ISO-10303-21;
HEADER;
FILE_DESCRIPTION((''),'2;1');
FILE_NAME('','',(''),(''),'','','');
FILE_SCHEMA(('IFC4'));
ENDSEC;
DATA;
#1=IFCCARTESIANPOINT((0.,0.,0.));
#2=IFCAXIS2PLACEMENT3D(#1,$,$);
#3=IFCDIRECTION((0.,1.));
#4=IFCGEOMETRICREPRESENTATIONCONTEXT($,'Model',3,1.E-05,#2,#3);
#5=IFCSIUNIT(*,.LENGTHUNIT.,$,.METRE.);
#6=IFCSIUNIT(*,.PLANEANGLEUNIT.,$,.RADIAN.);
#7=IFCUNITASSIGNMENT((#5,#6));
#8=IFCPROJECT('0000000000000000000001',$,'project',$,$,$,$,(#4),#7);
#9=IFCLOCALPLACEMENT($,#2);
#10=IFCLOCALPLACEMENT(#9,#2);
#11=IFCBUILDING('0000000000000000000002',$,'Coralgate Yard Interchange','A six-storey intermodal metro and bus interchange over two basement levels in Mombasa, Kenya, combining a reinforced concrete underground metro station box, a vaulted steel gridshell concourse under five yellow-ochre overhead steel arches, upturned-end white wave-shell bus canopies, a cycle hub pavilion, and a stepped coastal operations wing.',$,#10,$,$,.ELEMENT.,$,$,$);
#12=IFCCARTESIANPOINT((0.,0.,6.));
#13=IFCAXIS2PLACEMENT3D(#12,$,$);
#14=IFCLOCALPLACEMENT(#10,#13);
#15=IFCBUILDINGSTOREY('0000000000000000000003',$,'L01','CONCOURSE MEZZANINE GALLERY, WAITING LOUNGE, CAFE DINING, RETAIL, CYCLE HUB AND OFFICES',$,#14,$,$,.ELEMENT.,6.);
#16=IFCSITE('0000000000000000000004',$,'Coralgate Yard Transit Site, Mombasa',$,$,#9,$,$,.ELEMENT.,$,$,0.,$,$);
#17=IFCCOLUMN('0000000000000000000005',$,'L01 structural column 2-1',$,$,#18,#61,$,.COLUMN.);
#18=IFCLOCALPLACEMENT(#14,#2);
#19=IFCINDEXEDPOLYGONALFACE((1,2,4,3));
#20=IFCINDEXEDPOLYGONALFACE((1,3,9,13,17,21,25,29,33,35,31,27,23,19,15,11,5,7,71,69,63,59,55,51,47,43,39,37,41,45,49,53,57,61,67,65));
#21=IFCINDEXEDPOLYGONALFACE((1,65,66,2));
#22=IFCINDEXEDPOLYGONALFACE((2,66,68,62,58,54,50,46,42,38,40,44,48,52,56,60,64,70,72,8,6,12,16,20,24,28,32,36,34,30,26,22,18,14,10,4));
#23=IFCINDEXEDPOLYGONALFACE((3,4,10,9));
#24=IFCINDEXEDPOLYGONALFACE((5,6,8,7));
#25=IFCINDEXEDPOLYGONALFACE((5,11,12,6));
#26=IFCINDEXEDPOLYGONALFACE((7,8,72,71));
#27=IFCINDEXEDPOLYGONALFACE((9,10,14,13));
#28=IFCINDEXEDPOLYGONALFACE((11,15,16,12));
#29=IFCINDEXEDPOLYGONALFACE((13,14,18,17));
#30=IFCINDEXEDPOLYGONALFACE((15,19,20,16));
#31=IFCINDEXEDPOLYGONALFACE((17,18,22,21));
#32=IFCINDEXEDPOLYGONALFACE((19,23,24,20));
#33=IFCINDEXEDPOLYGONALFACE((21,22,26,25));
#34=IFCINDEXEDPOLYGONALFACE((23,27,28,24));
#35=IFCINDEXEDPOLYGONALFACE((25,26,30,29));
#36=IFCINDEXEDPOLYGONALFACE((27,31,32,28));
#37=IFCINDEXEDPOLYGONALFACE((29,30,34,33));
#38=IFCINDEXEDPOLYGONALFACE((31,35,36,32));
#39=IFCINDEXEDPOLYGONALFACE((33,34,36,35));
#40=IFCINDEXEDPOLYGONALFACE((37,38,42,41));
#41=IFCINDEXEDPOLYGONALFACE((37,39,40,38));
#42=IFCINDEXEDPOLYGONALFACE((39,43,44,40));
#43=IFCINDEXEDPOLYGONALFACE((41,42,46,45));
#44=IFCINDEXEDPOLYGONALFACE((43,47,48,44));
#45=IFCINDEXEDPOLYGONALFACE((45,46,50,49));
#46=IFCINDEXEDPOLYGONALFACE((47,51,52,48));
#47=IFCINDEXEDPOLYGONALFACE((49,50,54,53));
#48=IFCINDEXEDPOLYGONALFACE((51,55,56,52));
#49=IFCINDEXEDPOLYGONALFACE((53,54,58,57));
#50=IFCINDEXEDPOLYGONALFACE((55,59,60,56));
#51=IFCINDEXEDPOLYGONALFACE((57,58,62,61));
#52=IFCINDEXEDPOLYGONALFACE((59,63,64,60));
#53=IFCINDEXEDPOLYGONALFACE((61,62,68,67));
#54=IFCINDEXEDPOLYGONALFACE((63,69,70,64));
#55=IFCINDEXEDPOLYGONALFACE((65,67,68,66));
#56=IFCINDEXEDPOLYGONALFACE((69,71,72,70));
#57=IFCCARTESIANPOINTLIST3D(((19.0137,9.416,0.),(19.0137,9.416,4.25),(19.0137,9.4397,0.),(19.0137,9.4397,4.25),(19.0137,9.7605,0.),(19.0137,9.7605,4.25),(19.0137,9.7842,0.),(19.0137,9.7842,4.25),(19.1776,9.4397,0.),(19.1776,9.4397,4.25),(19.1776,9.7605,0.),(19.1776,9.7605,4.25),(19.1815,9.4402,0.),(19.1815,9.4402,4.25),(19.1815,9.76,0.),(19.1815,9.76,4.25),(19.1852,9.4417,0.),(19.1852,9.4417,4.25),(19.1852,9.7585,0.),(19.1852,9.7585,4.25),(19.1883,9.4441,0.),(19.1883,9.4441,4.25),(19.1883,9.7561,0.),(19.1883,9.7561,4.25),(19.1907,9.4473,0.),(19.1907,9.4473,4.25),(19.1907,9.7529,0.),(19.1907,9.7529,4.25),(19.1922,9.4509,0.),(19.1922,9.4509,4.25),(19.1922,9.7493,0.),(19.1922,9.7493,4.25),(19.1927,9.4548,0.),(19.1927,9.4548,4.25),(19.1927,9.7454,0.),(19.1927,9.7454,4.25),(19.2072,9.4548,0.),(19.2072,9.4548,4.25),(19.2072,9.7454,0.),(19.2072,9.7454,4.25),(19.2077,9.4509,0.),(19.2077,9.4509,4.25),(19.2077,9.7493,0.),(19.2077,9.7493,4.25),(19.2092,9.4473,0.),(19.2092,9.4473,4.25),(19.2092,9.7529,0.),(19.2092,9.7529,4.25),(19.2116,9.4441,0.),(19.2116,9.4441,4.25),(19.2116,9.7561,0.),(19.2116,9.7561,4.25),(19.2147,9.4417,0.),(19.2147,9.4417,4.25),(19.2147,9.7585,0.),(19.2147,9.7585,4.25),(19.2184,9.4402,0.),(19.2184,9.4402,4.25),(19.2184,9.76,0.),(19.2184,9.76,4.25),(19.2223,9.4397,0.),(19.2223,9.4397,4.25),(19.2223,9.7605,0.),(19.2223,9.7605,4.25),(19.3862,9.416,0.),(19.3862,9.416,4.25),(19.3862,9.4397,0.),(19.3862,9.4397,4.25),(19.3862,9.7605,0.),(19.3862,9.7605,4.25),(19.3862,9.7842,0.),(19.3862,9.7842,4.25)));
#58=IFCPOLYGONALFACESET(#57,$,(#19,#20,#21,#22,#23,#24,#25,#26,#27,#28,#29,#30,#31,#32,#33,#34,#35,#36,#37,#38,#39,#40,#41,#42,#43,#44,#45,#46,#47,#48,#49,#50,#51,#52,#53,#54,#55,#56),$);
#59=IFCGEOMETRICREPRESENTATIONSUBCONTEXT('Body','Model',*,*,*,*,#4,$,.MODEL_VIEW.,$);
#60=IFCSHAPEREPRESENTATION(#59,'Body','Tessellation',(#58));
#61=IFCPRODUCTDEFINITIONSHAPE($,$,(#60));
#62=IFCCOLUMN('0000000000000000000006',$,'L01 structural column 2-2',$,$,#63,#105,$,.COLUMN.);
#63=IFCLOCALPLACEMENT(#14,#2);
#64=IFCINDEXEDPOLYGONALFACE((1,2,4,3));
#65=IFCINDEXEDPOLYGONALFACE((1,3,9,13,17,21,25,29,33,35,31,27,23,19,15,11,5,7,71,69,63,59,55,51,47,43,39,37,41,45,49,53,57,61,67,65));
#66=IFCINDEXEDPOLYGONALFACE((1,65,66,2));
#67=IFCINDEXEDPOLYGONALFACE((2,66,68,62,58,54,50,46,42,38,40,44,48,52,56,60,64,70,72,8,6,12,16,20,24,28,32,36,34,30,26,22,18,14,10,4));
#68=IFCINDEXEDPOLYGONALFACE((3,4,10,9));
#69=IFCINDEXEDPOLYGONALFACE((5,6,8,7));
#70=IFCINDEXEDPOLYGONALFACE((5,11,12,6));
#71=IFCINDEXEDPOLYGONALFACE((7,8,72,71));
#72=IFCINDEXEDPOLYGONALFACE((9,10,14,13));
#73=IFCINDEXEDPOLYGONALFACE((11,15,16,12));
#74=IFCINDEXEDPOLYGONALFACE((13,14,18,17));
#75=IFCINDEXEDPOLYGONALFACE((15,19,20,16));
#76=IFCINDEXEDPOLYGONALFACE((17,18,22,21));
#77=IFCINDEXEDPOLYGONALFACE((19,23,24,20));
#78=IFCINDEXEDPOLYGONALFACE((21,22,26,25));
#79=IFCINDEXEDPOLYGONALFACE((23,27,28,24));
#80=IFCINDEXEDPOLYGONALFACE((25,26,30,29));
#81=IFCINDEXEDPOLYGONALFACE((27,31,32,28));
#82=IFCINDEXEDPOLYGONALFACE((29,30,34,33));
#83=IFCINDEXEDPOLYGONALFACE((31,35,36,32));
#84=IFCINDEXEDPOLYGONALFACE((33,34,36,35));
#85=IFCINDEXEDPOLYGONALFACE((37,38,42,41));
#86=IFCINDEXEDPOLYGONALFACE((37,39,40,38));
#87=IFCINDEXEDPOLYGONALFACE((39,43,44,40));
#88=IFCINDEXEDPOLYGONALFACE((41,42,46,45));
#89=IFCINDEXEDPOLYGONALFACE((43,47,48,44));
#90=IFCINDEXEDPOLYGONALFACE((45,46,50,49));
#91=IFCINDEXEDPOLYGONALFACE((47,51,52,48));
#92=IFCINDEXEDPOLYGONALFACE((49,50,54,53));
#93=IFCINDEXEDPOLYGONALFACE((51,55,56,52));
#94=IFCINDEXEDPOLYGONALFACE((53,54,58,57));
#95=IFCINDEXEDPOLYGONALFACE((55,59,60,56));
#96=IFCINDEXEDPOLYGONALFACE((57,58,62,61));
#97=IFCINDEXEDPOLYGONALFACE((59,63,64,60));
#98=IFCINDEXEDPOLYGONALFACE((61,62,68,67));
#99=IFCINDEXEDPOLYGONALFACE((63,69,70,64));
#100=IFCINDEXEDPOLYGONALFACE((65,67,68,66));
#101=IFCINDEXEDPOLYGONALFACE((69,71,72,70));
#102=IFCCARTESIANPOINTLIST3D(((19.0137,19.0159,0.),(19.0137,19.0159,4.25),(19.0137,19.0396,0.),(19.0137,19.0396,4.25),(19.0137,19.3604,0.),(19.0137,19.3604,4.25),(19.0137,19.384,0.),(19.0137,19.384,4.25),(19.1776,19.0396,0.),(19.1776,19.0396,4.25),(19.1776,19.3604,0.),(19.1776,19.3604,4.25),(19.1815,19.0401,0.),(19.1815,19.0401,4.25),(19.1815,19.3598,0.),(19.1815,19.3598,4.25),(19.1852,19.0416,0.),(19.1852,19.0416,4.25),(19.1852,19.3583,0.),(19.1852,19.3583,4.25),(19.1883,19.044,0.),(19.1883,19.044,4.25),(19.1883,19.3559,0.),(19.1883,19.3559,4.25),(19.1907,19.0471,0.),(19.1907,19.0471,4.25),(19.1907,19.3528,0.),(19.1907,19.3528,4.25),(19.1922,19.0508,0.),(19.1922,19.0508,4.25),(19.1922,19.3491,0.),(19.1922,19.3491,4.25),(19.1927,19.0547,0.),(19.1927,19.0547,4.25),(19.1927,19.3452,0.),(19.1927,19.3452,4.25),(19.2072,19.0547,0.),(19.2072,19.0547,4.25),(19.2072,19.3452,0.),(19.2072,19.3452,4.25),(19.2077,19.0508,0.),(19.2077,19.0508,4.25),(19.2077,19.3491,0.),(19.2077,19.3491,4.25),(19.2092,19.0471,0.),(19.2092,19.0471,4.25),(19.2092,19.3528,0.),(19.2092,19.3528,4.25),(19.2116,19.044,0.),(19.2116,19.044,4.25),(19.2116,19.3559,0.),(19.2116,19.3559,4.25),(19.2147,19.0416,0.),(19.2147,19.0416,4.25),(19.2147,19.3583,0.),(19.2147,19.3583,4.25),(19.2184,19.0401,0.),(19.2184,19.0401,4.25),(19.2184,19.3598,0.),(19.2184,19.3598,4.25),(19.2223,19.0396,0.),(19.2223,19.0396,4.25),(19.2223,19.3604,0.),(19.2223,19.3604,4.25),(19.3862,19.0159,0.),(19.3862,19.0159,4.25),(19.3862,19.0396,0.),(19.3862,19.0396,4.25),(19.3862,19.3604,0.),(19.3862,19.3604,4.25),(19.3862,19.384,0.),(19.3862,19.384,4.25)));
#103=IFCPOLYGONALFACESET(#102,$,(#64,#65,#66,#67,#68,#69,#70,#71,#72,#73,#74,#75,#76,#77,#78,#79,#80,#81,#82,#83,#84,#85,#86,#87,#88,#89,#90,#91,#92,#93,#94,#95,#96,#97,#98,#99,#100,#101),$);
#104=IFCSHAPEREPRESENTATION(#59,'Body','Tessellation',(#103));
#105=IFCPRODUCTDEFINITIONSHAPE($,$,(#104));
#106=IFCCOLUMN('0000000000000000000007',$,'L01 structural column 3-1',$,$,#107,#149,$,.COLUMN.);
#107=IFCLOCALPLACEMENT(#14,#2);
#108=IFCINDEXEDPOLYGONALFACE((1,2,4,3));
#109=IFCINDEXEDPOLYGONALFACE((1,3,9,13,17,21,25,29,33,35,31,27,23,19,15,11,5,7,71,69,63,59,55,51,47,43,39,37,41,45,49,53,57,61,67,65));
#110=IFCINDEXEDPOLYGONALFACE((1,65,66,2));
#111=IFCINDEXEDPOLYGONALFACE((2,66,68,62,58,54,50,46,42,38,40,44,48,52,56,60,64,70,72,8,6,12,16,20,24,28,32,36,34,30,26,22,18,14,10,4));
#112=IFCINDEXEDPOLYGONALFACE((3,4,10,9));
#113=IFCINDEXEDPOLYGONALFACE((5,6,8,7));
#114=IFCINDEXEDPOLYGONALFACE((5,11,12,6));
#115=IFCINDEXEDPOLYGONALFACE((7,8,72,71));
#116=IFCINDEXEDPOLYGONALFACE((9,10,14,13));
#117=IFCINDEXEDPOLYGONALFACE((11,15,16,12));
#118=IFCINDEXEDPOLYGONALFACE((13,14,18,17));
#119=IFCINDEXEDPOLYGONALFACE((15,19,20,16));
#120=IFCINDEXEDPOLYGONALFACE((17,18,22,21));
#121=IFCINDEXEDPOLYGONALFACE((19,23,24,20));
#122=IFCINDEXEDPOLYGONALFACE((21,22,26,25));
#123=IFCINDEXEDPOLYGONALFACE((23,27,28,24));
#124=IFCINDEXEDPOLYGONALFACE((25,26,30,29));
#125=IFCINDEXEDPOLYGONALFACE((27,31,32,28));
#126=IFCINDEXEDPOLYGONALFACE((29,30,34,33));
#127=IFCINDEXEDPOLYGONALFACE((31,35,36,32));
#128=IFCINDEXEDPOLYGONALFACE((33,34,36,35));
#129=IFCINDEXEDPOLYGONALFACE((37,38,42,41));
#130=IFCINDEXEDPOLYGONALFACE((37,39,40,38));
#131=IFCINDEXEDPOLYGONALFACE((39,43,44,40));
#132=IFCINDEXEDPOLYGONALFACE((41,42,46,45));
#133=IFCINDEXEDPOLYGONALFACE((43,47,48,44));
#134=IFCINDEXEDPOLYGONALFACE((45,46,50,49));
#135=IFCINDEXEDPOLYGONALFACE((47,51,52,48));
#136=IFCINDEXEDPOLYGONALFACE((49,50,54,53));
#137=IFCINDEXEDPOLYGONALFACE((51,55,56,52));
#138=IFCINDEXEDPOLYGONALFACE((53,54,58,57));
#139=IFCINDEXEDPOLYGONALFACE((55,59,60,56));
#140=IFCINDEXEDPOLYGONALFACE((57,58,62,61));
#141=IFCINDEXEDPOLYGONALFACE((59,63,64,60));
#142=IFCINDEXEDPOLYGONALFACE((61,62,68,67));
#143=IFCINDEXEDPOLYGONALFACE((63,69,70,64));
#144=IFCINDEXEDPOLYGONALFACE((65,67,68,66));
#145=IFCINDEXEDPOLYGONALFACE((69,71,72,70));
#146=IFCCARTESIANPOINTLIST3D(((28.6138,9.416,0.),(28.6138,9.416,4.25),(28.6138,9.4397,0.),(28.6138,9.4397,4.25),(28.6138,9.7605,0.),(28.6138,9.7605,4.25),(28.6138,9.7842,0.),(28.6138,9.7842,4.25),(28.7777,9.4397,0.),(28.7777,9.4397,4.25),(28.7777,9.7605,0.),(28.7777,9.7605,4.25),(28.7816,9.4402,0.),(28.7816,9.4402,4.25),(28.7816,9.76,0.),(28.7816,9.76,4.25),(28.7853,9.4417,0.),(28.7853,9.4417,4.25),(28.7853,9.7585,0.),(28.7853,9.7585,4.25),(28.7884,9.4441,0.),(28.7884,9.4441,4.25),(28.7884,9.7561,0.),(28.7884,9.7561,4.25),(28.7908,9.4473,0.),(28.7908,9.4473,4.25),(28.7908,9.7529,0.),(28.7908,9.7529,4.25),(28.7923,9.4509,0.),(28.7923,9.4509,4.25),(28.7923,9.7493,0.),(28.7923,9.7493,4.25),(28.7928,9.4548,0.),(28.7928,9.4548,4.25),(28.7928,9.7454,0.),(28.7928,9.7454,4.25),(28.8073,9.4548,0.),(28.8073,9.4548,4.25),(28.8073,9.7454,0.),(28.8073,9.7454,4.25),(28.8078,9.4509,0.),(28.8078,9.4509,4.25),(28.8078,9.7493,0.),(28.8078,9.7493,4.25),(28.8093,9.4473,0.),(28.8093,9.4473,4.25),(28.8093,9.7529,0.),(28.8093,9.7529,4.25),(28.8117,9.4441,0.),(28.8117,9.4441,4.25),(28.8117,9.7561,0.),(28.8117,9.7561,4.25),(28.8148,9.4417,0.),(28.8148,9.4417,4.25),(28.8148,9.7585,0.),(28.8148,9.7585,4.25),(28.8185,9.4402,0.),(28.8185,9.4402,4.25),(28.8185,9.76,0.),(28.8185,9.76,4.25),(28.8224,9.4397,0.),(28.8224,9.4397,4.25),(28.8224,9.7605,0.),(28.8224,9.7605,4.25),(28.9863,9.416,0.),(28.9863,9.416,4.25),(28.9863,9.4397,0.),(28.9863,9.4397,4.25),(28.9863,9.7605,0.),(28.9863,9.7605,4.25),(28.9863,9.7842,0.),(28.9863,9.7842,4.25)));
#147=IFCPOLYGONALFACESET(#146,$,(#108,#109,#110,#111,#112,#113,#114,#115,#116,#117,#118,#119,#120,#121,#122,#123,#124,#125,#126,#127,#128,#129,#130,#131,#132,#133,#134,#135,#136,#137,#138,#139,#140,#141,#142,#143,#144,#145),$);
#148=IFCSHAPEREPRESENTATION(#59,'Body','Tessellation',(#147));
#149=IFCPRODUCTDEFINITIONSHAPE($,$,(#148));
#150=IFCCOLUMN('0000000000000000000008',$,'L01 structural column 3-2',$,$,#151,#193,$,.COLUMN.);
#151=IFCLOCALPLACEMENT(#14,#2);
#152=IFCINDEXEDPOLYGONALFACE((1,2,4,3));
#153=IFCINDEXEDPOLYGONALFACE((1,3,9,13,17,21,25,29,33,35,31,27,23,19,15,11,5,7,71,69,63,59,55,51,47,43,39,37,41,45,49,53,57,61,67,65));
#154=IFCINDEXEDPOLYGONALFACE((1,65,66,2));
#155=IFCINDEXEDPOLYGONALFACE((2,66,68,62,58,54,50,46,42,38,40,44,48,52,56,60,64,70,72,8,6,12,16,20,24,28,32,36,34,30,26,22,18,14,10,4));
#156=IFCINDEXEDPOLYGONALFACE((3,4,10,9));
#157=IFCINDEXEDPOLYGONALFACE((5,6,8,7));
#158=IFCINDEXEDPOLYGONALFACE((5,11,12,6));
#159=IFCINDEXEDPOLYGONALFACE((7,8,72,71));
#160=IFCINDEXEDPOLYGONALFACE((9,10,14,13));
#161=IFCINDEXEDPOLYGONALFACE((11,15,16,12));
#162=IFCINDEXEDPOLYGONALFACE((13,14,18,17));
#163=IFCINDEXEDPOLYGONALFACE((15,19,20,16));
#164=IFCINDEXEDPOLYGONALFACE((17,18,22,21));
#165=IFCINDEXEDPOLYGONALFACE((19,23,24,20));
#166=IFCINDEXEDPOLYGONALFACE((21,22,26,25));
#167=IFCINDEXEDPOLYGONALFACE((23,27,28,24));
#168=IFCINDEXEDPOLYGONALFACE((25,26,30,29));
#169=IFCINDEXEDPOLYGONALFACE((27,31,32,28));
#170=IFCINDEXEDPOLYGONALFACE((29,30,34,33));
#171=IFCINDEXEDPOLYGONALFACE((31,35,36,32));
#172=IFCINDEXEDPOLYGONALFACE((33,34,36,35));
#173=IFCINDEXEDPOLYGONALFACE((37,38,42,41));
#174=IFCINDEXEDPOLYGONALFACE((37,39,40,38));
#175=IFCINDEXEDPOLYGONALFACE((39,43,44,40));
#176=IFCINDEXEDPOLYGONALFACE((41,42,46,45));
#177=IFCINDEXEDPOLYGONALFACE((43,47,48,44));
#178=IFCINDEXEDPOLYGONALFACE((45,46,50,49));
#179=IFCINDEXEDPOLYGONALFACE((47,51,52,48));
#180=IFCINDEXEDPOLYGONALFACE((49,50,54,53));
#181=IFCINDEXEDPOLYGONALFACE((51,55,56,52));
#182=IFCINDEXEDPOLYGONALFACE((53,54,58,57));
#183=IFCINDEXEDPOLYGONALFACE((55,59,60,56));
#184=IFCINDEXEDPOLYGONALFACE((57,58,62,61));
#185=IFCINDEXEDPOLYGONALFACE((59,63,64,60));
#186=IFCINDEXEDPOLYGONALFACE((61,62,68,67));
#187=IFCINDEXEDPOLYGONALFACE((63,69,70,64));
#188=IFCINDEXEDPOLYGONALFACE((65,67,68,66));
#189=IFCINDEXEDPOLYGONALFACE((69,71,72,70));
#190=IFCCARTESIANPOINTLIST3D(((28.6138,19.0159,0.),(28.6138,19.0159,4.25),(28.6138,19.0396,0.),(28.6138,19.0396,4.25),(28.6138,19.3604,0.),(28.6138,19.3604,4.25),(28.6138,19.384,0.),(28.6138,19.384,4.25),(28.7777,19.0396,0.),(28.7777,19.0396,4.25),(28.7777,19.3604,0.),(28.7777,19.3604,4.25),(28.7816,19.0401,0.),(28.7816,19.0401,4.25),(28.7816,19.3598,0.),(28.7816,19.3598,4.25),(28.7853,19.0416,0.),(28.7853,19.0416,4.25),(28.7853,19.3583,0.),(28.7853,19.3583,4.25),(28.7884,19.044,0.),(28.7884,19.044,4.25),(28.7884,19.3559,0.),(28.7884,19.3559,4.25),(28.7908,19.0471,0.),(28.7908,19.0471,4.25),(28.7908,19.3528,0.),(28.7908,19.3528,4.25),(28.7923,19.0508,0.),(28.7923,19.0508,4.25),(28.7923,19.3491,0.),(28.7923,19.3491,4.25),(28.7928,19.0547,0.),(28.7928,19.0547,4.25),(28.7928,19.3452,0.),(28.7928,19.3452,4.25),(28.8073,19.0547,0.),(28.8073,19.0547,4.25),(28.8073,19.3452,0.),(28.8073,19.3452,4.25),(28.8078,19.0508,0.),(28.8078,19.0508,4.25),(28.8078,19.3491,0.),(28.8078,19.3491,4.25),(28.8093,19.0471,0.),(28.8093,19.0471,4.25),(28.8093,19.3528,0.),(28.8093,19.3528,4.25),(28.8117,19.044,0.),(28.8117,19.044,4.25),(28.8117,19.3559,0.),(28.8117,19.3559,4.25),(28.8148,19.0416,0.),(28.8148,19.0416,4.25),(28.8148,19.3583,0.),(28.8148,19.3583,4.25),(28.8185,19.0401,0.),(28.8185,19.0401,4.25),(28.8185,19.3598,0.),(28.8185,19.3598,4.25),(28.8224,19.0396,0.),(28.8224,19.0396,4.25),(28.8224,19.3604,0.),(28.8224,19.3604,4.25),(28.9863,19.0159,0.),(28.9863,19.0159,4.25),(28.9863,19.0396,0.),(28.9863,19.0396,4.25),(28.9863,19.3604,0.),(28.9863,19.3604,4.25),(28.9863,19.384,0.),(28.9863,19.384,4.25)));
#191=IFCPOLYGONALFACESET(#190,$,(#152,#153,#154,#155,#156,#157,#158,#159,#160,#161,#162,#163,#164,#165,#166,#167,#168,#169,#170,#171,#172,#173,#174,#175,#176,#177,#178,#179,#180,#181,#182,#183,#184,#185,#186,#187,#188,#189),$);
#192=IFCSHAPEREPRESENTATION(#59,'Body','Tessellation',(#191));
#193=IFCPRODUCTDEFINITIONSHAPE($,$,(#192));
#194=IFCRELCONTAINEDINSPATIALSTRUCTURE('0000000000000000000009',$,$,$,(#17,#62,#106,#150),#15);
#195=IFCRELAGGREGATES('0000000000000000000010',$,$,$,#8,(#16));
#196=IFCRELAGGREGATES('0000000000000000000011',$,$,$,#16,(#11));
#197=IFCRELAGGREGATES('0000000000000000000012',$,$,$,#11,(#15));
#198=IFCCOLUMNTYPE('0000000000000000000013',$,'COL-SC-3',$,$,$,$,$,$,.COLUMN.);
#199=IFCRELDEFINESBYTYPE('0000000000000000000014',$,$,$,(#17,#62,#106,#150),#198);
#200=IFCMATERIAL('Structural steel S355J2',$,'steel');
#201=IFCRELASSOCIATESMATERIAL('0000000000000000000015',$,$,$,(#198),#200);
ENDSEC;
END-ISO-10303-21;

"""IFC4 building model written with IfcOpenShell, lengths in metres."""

from ifc_helpers import new_model, si_unit, direction, frame, origin, origin_2d, place, context, subcontext, project, spatial, i_section, extrude, material, material_profile, profile_set, type_object, element, save


model = new_model("IFC4")

# Units and contexts
model_context = context("Model", 3, precision=1e-05, world=origin(), true_north=direction((0.0, 1.0)))
body_context = subcontext(model_context, "Body", "Model", "MODEL_VIEW")
ifc_project = project(units=[si_unit("LENGTHUNIT", "METRE"), si_unit("PLANEANGLEUNIT", "RADIAN")], contexts=[model_context])

# Site, building, storey
site_placement = place(None, origin())
site = spatial("IfcSite", under=ifc_project, at=site_placement, Name="Coralgate Yard Transit Site, Mombasa", CompositionType="ELEMENT", RefElevation=0.0)
building_placement = place(site_placement, origin())
building = spatial("IfcBuilding", under=site, at=building_placement, Name="Coralgate Yard Interchange", Description="A six-storey intermodal metro and bus interchange over two basement levels in Mombasa, Kenya, combining a reinforced concrete underground metro station box, a vaulted steel gridshell concourse under five yellow-ochre overhead steel arches, upturned-end white wave-shell bus canopies, a cycle hub pavilion, and a stepped coastal operations wing.", CompositionType="ELEMENT")
storey_placement = place(building_placement, frame((0.0, 0.0, 6.0)))
storey = spatial("IfcBuildingStorey", under=building, at=storey_placement, Name="L01", Description="CONCOURSE MEZZANINE GALLERY, WAITING LOUNGE, CAFE DINING, RETAIL, CYCLE HUB AND OFFICES", CompositionType="ELEMENT", Elevation=6.0)

# Columns
ifc_material_1 = material(Name="Structural steel S355J2", Category="steel")
ifc_material_profile_1 = material_profile(ifc_material_1, i_section(OverallWidth=0.3726, OverallDepth=0.3682, WebThickness=0.0144, FlangeThickness=0.0237, FilletRadius=0.0151, at=origin_2d()), Name="UC 356x368x177")
ifc_profile_set_1 = profile_set([ifc_material_profile_1], Name="Structural steel S355J2")
column_type = type_object("IfcColumnType", Name="COL-SC-3", PredefinedType="COLUMN", material=ifc_profile_set_1)
for number, where, z_axis, x_axis, name in (
    (1, (19.2, 9.6001, 0.0), (0.0, 0.0, 1.0), (1.0, 0.0, 0.0), "L01 structural column 2-1"),
    (2, (19.2, 19.2, 0.0), (0.0, 0.0, 1.0), (1.0, 0.0, 0.0), "L01 structural column 2-2"),
    (3, (28.8, 9.6001, 0.0), (0.0, 0.0, 1.0), (1.0, 0.0, 0.0), "L01 structural column 3-1"),
    (4, (28.8, 19.2, 0.0), (0.0, 0.0, 1.0), (1.0, 0.0, 0.0), "L01 structural column 3-2"),
):
    element("IfcColumn", number, at=place(storey_placement, frame(where, z_axis=z_axis, x_axis=x_axis)), inside=storey, type_object=column_type, Name=name, PredefinedType="COLUMN", context=body_context, shape_type="SweptSolid", body=[
        extrude(i_section(OverallWidth=0.3726, OverallDepth=0.3682, WebThickness=0.0144, FlangeThickness=0.0237, FilletRadius=0.0151, at=origin_2d()), origin(), (0.0, 0.0, 1.0), 4.25),
    ])

save(model, "model.ifc")
